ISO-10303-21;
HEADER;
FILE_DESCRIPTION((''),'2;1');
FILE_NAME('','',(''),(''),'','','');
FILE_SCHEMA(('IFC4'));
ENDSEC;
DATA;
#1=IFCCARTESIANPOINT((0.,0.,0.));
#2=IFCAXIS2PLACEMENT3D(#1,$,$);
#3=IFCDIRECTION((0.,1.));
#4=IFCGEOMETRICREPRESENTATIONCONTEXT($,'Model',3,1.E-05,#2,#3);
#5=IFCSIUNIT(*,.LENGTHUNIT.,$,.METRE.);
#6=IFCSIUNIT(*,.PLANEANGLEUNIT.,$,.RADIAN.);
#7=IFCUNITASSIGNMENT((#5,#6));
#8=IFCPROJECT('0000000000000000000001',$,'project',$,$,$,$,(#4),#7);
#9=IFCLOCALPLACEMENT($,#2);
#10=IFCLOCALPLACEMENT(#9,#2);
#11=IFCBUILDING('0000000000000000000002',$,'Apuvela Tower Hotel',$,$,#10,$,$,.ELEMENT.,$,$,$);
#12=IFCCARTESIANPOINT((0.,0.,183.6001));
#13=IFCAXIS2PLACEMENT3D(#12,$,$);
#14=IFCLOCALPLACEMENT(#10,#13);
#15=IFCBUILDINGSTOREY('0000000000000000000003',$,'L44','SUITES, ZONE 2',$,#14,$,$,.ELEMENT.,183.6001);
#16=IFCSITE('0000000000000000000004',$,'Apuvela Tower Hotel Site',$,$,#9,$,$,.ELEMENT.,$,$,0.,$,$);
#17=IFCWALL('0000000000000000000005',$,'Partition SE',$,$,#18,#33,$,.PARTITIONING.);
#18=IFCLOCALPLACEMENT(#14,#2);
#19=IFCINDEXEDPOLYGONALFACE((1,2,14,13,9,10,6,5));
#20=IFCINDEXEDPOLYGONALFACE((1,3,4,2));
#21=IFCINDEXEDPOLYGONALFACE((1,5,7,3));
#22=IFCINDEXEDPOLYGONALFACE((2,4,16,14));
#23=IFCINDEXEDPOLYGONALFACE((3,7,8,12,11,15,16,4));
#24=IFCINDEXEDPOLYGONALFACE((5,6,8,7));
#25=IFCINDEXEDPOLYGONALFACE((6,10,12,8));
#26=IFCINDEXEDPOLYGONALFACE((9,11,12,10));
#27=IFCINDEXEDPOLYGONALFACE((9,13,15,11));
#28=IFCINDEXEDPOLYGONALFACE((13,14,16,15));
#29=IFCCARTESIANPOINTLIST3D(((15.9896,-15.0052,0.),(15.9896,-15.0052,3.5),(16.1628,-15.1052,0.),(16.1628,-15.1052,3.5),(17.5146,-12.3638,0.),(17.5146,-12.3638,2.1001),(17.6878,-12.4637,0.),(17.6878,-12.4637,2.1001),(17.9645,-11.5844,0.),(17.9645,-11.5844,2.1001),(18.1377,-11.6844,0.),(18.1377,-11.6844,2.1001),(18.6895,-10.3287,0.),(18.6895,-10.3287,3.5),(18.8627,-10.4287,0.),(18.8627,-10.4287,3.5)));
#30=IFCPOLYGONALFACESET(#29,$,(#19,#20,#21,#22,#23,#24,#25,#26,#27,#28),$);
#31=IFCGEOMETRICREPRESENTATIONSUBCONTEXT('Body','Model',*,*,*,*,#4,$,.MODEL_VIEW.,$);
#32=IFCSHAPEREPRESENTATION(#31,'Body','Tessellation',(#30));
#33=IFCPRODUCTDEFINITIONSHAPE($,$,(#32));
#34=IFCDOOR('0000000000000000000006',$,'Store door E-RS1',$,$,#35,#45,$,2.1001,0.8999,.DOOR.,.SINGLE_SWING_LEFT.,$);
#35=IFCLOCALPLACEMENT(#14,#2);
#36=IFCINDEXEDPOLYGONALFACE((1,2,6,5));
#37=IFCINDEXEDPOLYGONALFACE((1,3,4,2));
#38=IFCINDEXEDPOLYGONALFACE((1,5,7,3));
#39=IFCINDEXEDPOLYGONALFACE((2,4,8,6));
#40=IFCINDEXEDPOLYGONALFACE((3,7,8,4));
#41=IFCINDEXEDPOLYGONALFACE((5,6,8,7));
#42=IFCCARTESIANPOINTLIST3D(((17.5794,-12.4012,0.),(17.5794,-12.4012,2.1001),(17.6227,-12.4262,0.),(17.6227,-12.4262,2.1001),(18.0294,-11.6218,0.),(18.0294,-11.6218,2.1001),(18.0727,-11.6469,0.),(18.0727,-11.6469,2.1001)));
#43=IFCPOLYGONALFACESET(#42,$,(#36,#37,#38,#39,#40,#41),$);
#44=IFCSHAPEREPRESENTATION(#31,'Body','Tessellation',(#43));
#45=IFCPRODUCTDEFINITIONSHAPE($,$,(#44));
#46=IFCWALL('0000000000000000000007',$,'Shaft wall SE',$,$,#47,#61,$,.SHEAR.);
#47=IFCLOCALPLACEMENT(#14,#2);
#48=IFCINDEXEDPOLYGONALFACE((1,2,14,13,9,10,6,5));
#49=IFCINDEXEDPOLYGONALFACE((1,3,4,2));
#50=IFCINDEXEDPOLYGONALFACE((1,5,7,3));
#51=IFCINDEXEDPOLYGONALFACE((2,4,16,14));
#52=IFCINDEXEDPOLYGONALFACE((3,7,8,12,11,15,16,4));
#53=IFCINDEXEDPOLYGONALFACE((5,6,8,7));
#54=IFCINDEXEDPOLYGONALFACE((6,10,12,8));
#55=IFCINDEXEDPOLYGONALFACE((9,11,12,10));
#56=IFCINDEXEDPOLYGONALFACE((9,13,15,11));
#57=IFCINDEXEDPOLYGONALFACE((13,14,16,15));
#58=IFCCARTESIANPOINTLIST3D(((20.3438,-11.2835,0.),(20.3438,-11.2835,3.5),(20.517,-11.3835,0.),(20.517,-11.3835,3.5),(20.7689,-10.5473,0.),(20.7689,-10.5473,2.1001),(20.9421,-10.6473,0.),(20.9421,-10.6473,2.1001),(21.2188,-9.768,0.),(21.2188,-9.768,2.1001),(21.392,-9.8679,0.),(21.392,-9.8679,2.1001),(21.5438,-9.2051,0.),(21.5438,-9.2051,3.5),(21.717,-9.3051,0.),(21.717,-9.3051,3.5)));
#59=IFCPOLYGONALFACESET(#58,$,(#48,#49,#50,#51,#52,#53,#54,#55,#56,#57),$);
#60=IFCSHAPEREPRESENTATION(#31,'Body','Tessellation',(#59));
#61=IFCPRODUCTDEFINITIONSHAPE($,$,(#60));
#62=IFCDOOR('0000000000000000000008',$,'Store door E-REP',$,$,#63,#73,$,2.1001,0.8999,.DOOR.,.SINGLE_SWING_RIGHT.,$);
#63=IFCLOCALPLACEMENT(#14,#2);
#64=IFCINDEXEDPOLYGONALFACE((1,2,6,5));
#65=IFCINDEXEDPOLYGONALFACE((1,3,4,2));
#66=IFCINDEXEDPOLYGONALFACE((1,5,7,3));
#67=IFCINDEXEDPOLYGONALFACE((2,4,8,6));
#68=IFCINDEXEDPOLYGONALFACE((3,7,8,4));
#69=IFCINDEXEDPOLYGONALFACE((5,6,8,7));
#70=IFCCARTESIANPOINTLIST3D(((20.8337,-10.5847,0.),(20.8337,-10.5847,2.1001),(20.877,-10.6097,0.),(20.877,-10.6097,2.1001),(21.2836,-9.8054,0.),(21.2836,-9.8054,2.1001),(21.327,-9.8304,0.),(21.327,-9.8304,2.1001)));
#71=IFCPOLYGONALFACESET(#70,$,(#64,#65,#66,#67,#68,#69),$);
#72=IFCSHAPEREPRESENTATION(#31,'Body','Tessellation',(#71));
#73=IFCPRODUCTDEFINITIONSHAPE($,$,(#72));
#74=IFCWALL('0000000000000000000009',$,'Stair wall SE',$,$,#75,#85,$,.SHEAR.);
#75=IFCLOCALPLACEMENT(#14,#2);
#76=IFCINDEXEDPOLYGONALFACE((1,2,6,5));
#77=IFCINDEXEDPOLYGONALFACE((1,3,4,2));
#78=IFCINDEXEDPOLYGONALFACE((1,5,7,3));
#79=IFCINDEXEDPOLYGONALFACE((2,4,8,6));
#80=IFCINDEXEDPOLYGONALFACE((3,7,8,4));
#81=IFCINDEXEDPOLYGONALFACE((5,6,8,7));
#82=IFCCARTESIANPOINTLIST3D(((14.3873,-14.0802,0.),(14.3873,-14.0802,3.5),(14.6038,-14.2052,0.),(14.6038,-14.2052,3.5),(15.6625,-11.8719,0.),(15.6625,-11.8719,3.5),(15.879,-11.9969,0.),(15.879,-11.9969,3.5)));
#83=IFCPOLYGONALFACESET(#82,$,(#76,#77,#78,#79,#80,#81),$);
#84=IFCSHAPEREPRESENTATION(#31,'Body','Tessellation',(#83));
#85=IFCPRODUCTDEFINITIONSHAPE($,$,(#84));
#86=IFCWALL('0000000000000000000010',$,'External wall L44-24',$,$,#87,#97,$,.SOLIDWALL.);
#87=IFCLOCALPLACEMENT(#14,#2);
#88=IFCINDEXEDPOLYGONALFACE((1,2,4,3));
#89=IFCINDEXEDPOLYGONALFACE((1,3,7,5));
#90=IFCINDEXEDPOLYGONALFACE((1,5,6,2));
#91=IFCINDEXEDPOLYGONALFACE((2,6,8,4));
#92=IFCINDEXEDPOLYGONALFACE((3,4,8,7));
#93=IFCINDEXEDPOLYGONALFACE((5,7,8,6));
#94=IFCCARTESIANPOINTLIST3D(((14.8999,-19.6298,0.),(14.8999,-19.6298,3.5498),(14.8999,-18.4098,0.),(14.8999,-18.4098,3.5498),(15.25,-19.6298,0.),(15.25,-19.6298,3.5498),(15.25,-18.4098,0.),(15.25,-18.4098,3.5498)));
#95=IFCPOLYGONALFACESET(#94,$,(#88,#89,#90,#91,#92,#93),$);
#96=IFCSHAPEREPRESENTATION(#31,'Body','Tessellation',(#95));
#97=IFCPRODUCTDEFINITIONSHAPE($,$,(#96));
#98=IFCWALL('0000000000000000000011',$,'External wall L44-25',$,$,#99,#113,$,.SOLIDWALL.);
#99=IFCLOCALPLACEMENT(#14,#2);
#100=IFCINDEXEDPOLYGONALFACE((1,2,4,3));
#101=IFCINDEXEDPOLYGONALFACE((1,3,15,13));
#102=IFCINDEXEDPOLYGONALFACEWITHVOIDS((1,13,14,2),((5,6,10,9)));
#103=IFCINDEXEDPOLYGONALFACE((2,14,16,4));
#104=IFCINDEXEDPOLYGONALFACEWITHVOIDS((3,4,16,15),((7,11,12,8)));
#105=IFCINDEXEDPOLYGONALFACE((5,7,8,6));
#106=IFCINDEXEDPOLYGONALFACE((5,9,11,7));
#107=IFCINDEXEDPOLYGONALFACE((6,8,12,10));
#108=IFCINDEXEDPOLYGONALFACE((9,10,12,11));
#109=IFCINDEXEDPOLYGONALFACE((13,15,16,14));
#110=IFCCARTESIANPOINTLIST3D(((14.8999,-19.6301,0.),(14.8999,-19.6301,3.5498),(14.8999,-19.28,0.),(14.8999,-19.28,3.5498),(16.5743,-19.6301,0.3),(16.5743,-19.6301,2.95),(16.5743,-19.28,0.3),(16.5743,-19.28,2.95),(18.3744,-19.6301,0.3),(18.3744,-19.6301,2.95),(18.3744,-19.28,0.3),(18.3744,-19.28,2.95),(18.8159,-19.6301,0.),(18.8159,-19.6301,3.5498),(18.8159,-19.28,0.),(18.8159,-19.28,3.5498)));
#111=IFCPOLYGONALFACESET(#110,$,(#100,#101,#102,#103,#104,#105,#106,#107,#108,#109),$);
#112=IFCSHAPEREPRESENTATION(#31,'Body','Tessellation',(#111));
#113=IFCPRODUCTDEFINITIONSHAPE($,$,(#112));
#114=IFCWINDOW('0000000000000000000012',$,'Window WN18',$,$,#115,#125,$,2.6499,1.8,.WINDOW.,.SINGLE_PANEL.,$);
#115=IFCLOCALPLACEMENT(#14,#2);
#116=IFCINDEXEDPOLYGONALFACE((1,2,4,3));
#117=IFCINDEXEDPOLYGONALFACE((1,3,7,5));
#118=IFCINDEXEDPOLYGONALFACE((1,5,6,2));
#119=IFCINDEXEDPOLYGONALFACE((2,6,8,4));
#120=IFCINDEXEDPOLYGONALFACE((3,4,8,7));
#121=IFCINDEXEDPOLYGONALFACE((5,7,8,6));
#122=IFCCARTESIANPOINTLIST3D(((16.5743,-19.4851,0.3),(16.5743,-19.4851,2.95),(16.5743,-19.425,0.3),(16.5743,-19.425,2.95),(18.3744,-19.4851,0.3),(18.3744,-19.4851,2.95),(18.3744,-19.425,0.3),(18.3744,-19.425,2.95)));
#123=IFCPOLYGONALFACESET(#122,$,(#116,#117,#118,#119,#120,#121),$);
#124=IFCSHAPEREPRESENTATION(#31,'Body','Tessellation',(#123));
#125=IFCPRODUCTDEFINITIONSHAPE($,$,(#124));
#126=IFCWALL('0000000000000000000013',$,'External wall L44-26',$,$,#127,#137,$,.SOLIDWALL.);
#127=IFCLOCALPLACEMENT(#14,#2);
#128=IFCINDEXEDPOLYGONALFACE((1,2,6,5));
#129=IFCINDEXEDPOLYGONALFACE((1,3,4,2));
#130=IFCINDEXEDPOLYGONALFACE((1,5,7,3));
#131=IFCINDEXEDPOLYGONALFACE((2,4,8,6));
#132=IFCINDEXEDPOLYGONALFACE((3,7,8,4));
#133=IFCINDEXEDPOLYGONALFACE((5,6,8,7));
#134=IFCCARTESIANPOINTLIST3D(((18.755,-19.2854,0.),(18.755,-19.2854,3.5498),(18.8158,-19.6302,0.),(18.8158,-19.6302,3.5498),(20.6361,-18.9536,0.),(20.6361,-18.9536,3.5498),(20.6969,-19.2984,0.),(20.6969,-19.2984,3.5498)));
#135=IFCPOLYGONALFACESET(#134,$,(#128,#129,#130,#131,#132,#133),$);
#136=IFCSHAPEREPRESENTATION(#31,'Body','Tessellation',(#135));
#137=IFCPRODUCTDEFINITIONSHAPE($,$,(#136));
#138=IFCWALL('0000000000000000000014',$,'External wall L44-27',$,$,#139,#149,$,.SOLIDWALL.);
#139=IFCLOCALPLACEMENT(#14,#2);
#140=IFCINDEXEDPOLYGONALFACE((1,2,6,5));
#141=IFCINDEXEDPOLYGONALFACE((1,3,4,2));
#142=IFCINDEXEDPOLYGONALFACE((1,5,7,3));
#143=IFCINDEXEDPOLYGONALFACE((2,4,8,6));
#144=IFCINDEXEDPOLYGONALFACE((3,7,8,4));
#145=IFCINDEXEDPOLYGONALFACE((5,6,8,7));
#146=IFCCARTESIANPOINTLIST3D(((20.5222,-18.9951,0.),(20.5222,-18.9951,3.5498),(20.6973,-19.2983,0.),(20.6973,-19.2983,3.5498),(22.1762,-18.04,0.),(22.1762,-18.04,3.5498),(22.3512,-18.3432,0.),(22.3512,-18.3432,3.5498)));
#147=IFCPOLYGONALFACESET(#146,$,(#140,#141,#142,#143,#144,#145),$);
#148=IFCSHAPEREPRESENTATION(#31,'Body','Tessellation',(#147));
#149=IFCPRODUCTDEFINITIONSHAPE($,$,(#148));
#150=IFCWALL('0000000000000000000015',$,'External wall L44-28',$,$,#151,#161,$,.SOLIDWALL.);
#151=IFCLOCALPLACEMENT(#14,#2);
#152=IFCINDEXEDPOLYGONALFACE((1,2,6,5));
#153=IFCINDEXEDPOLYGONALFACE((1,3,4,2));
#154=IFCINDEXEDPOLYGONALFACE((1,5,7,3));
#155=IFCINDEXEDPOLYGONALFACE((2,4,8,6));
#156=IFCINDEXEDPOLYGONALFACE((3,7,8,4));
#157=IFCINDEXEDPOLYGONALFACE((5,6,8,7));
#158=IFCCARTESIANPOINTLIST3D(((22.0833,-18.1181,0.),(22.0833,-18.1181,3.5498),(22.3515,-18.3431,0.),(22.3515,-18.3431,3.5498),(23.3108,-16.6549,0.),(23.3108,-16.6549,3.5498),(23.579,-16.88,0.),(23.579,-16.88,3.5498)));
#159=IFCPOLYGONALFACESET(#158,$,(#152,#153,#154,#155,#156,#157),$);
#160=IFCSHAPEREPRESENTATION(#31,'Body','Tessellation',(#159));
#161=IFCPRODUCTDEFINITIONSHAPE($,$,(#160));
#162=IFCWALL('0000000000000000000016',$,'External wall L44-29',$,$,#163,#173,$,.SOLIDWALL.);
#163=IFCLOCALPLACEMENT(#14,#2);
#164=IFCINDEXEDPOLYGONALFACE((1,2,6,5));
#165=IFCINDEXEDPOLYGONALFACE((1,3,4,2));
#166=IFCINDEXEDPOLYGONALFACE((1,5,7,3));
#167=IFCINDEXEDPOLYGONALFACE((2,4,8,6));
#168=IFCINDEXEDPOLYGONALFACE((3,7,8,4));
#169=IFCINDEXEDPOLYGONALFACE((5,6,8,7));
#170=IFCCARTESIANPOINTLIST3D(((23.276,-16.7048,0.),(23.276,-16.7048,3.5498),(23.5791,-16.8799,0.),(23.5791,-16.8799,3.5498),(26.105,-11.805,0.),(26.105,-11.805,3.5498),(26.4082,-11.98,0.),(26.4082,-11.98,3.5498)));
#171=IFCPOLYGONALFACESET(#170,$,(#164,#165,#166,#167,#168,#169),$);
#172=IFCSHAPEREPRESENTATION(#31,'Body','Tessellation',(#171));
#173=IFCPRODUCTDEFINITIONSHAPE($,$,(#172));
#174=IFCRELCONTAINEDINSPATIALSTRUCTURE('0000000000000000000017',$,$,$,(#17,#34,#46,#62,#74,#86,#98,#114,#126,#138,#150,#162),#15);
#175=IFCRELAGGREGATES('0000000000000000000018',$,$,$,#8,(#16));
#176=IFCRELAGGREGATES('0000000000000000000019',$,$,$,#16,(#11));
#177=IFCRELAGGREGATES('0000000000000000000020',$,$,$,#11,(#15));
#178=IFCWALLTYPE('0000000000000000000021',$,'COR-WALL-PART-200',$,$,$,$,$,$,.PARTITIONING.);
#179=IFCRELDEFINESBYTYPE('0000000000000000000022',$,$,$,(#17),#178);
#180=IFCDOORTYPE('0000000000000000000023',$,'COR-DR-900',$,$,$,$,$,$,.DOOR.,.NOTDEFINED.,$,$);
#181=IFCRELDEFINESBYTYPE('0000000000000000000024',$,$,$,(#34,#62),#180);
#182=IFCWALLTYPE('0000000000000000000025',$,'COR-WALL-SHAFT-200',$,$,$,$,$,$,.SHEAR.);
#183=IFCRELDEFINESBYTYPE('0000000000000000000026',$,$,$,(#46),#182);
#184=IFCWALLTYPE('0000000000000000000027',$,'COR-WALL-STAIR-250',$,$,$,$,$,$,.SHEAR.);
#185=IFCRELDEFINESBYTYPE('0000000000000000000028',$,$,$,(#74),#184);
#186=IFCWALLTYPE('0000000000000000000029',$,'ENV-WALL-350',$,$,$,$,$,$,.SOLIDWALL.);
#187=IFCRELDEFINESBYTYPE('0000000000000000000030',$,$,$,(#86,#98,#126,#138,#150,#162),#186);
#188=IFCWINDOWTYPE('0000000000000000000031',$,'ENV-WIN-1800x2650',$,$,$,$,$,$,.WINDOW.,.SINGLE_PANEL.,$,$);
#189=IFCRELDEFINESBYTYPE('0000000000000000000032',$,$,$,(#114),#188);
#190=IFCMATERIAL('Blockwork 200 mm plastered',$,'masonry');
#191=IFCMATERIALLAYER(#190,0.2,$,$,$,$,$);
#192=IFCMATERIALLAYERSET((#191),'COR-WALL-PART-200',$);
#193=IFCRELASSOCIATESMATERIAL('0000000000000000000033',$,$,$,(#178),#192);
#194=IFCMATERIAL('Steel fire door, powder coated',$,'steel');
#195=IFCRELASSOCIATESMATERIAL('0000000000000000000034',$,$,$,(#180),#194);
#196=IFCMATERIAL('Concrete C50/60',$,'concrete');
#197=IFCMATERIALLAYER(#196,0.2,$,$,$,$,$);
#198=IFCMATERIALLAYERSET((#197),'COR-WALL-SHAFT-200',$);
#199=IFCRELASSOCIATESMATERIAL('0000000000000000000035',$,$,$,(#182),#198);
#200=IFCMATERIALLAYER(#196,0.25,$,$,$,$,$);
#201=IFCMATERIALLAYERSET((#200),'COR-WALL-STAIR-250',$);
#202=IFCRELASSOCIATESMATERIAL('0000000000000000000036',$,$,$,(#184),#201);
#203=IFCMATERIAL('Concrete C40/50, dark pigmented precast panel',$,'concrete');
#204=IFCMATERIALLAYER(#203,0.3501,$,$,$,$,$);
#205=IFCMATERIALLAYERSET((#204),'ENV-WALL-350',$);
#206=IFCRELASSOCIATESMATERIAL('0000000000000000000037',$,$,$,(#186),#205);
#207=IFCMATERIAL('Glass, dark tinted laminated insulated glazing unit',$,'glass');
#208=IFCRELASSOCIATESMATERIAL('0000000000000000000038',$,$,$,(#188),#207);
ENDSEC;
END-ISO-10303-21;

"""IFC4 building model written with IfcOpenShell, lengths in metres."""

from ifc_helpers import new_model, si_unit, direction, frame, frame_2d, origin, place, context, subcontext, project, spatial, rectangle, extrude, material, layer, layer_set, type_object, element, fill, save


model = new_model("IFC4")

# Units and contexts
model_context = context("Model", 3, precision=1e-05, world=origin(), true_north=direction((0.0, 1.0)))
body_context = subcontext(model_context, "Body", "Model", "MODEL_VIEW")
ifc_project = project(units=[si_unit("LENGTHUNIT", "METRE"), si_unit("PLANEANGLEUNIT", "RADIAN")], contexts=[model_context])

# Site, building, storey
site_placement = place(None, origin())
site = spatial("IfcSite", under=ifc_project, at=site_placement, Name="Apuvela Tower Hotel Site", CompositionType="ELEMENT", RefElevation=0.0)
building_placement = place(site_placement, origin())
building = spatial("IfcBuilding", under=site, at=building_placement, Name="Apuvela Tower Hotel", CompositionType="ELEMENT")
storey_placement = place(building_placement, frame((0.0, 0.0, 183.6001)))
storey = spatial("IfcBuildingStorey", under=building, at=storey_placement, Name="L44", Description="SUITES, ZONE 2", CompositionType="ELEMENT", Elevation=183.6001)

# Walls, openings, doors
ifc_material_1 = material(Name="Blockwork 200 mm plastered", Category="masonry")
ifc_layer_1 = layer(ifc_material_1, 0.2)
ifc_layer_set_1 = layer_set([ifc_layer_1], Name="COR-WALL-PART-200")
wall_type_1 = type_object("IfcWallType", Name="COR-WALL-PART-200", PredefinedType="PARTITIONING", material=ifc_layer_set_1)
wall_1_placement = place(storey_placement, frame((16.0762, -15.0552, 0.0), z_axis=(0.0, 0.0, 1.0), x_axis=(0.499995, 0.866028, 0.0)))
wall_1 = element("IfcWall", 1, at=wall_1_placement, inside=storey, type_object=wall_type_1, Name="Partition SE", PredefinedType="PARTITIONING", context=body_context, shape_type="SweptSolid", body=[
    extrude(rectangle(XDim=5.3999, YDim=0.2, at=frame_2d((2.7, 0.0))), origin(), (0.0, 0.0, 1.0), 3.5),
])
opening_1_placement = place(wall_1_placement, frame((3.05, 0.0, 0.0)))
opening_1 = element("IfcOpeningElement", 2, at=opening_1_placement, cuts=wall_1, PredefinedType="OPENING", context=body_context, shape_type="SweptSolid", body=[
    extrude(rectangle(XDim=0.8999, YDim=2.1001, at=frame_2d((0.45, 1.05))), frame((0.0, 0.1099, 0.0), z_axis=(0.0, -1.0, 0.0), x_axis=(1.0, 0.0, 0.0)), (0.0, 0.0, 1.0), 0.22),
])
ifc_material_2 = material(Name="Steel fire door, powder coated", Category="steel")
door_type_1 = type_object("IfcDoorType", Name="COR-DR-900", OperationType="NOTDEFINED", PredefinedType="DOOR", material=ifc_material_2)
door_1_placement = place(opening_1_placement, frame((0.8999, 0.0, 0.0), z_axis=(0.0, 0.0, 1.0), x_axis=(-1.0, 0.0, 0.0)))
door_1 = element("IfcDoor", 3, at=door_1_placement, inside=storey, type_object=door_type_1, Name="Store door E-RS1", OperationType="SINGLE_SWING_LEFT", OverallHeight=2.1001, OverallWidth=0.8999, PredefinedType="DOOR", context=body_context, shape_type="SweptSolid", body=[
    extrude(rectangle(XDim=0.8999, YDim=2.1001, at=frame_2d((0.45, 1.05))), frame((0.0, 0.0249, 0.0), z_axis=(0.0, -1.0, 0.0), x_axis=(1.0, 0.0, 0.0)), (0.0, 0.0, 1.0), 0.05),
])
fill(opening_1, door_1)
ifc_material_3 = material(Name="Concrete C50/60", Category="concrete")
ifc_layer_2 = layer(ifc_material_3, 0.2)
ifc_layer_set_2 = layer_set([ifc_layer_2], Name="COR-WALL-SHAFT-200")
wall_type_2 = type_object("IfcWallType", Name="COR-WALL-SHAFT-200", PredefinedType="SHEAR", material=ifc_layer_set_2)
wall_2_placement = place(storey_placement, frame((20.4304, -11.3335, 0.0), z_axis=(0.0, 0.0, 1.0), x_axis=(0.500001, 0.866025, 0.0)))
wall_2 = element("IfcWall", 4, at=wall_2_placement, inside=storey, type_object=wall_type_2, Name="Shaft wall SE", PredefinedType="SHEAR", context=body_context, shape_type="SweptSolid", body=[
    extrude(rectangle(XDim=2.3999, YDim=0.2, at=frame_2d((1.2, 0.0))), origin(), (0.0, 0.0, 1.0), 3.5),
])
opening_2_placement = place(wall_2_placement, frame((0.8501, 0.0, 0.0)))
opening_2 = element("IfcOpeningElement", 5, at=opening_2_placement, cuts=wall_2, PredefinedType="OPENING", context=body_context, shape_type="SweptSolid", body=[
    extrude(rectangle(XDim=0.8999, YDim=2.1001, at=frame_2d((0.45, 1.05))), frame((0.0, 0.1099, 0.0), z_axis=(0.0, -1.0, 0.0), x_axis=(1.0, 0.0, 0.0)), (0.0, 0.0, 1.0), 0.22),
])
door_2_placement = place(opening_2_placement, frame((0.8999, 0.0, 0.0), z_axis=(0.0, 0.0, 1.0), x_axis=(-1.0, 0.0, 0.0)))
door_2 = element("IfcDoor", 6, at=door_2_placement, inside=storey, type_object=door_type_1, Name="Store door E-REP", OperationType="SINGLE_SWING_RIGHT", OverallHeight=2.1001, OverallWidth=0.8999, PredefinedType="DOOR", context=body_context, shape_type="SweptSolid", body=[
    extrude(rectangle(XDim=0.8999, YDim=2.1001, at=frame_2d((0.45, 1.05))), frame((0.0, 0.0249, 0.0), z_axis=(0.0, -1.0, 0.0), x_axis=(1.0, 0.0, 0.0)), (0.0, 0.0, 1.0), 0.05),
])
fill(opening_2, door_2)

# Walls
ifc_layer_3 = layer(ifc_material_3, 0.25)
ifc_layer_set_3 = layer_set([ifc_layer_3], Name="COR-WALL-STAIR-250")
wall_type_3 = type_object("IfcWallType", Name="COR-WALL-STAIR-250", PredefinedType="SHEAR", material=ifc_layer_set_3)
wall_3_placement = place(storey_placement, frame((14.4956, -14.1426, 0.0), z_axis=(0.0, 0.0, 1.0), x_axis=(0.500062, 0.865989, 0.0)))
element("IfcWall", 7, at=wall_3_placement, inside=storey, type_object=wall_type_3, Name="Stair wall SE", PredefinedType="SHEAR", context=body_context, shape_type="SweptSolid", body=[
    extrude(rectangle(XDim=2.55, YDim=0.25, at=frame_2d((1.2749, 0.0))), origin(), (0.0, 0.0, 1.0), 3.5),
])
ifc_material_4 = material(Name="Concrete C40/50, dark pigmented precast panel", Category="concrete")
ifc_layer_4 = layer(ifc_material_4, 0.3501)
ifc_layer_set_4 = layer_set([ifc_layer_4], Name="ENV-WALL-350")
wall_type_4 = type_object("IfcWallType", Name="ENV-WALL-350", PredefinedType="SOLIDWALL", material=ifc_layer_set_4)
wall_4_placement = place(storey_placement, frame((15.075, -18.4099, 0.0), z_axis=(0.0, 0.0, 1.0), x_axis=(0.0, -1.0, 0.0)))
element("IfcWall", 8, at=wall_4_placement, inside=storey, type_object=wall_type_4, Name="External wall L44-24", PredefinedType="SOLIDWALL", context=body_context, shape_type="SweptSolid", body=[
    extrude(rectangle(XDim=1.22, YDim=0.3501, at=frame_2d((0.6099, 0.0))), origin(), (0.0, 0.0, 1.0), 3.5498),
])

# Wall, opening, window
wall_5_placement = place(storey_placement, frame((14.8999, -19.4551, 0.0), z_axis=(0.0, 0.0, 1.0), x_axis=(1.0, 0.0, 0.0)))
wall_5 = element("IfcWall", 9, at=wall_5_placement, inside=storey, type_object=wall_type_4, Name="External wall L44-25", PredefinedType="SOLIDWALL", context=body_context, shape_type="SweptSolid", body=[
    extrude(rectangle(XDim=3.916, YDim=0.3501, at=frame_2d((1.958, 0.0))), origin(), (0.0, 0.0, 1.0), 3.5498),
])
opening_3_placement = place(wall_5_placement, frame((1.6746, 0.0, 0.3)))
opening_3 = element("IfcOpeningElement", 10, at=opening_3_placement, cuts=wall_5, PredefinedType="OPENING", context=body_context, shape_type="SweptSolid", body=[
    extrude(rectangle(XDim=1.8, YDim=2.6499, at=frame_2d((0.8999, 1.325))), frame((0.0, 0.1851, 0.0), z_axis=(0.0, -1.0, 0.0), x_axis=(1.0, 0.0, 0.0)), (0.0, 0.0, 1.0), 0.3701),
])
ifc_material_5 = material(Name="Glass, dark tinted laminated insulated glazing unit", Category="glass")
window_type = type_object("IfcWindowType", Name="ENV-WIN-1800x2650", PartitioningType="SINGLE_PANEL", PredefinedType="WINDOW", material=ifc_material_5)
window_placement = place(opening_3_placement, origin())
window = element("IfcWindow", 11, at=window_placement, inside=storey, type_object=window_type, Name="Window WN18", OverallHeight=2.6499, OverallWidth=1.8, PartitioningType="SINGLE_PANEL", PredefinedType="WINDOW", context=body_context, shape_type="SweptSolid", body=[
    extrude(rectangle(XDim=1.8, YDim=2.6499, at=frame_2d((0.8999, 1.325))), frame((0.0, 0.03, 0.0), z_axis=(0.0, -1.0, 0.0), x_axis=(1.0, 0.0, 0.0)), (0.0, 0.0, 1.0), 0.0601),
])
fill(opening_3, window)

# Walls
wall_6_placement = place(storey_placement, frame((18.7854, -19.4578, 0.0), z_axis=(0.0, 0.0, 1.0), x_axis=(0.984799, 0.173698, 0.0)))
element("IfcWall", 12, at=wall_6_placement, inside=storey, type_object=wall_type_4, Name="External wall L44-26", PredefinedType="SOLIDWALL", context=body_context, shape_type="SweptSolid", body=[
    extrude(rectangle(XDim=1.9102, YDim=0.3501, at=frame_2d((0.9551, 0.0))), origin(), (0.0, 0.0, 1.0), 3.5498),
])
for number, where, z_axis, x_axis, name in (
    (13, (20.6096, -19.1467, 0.0), (0.0, 0.0, 1.0), (0.866, 0.500043, 0.0), "External wall L44-27"),
    (14, (22.2173, -18.2307, 0.0), (0.0, 0.0, 1.0), (0.642733, 0.76609, 0.0), "External wall L44-28"),
):
    element("IfcWall", number, at=place(storey_placement, frame(where, z_axis=z_axis, x_axis=x_axis)), inside=storey, type_object=wall_type_4, Name=name, PredefinedType="SOLIDWALL", context=body_context, shape_type="SweptSolid", body=[
        extrude(rectangle(XDim=1.9099, YDim=0.3501, at=frame_2d((0.9551, 0.0))), origin(), (0.0, 0.0, 1.0), 3.5498),
    ])
wall_7_placement = place(storey_placement, frame((23.4275, -16.7925, 0.0), z_axis=(0.0, 0.0, 1.0), x_axis=(0.500019, 0.866015, 0.0)))
element("IfcWall", 15, at=wall_7_placement, inside=storey, type_object=wall_type_4, Name="External wall L44-29", PredefinedType="SOLIDWALL", context=body_context, shape_type="SweptSolid", body=[
    extrude(rectangle(XDim=5.658, YDim=0.3501, at=frame_2d((2.8291, 0.0))), origin(), (0.0, 0.0, 1.0), 3.5498),
])

save(model, "model.ifc")
